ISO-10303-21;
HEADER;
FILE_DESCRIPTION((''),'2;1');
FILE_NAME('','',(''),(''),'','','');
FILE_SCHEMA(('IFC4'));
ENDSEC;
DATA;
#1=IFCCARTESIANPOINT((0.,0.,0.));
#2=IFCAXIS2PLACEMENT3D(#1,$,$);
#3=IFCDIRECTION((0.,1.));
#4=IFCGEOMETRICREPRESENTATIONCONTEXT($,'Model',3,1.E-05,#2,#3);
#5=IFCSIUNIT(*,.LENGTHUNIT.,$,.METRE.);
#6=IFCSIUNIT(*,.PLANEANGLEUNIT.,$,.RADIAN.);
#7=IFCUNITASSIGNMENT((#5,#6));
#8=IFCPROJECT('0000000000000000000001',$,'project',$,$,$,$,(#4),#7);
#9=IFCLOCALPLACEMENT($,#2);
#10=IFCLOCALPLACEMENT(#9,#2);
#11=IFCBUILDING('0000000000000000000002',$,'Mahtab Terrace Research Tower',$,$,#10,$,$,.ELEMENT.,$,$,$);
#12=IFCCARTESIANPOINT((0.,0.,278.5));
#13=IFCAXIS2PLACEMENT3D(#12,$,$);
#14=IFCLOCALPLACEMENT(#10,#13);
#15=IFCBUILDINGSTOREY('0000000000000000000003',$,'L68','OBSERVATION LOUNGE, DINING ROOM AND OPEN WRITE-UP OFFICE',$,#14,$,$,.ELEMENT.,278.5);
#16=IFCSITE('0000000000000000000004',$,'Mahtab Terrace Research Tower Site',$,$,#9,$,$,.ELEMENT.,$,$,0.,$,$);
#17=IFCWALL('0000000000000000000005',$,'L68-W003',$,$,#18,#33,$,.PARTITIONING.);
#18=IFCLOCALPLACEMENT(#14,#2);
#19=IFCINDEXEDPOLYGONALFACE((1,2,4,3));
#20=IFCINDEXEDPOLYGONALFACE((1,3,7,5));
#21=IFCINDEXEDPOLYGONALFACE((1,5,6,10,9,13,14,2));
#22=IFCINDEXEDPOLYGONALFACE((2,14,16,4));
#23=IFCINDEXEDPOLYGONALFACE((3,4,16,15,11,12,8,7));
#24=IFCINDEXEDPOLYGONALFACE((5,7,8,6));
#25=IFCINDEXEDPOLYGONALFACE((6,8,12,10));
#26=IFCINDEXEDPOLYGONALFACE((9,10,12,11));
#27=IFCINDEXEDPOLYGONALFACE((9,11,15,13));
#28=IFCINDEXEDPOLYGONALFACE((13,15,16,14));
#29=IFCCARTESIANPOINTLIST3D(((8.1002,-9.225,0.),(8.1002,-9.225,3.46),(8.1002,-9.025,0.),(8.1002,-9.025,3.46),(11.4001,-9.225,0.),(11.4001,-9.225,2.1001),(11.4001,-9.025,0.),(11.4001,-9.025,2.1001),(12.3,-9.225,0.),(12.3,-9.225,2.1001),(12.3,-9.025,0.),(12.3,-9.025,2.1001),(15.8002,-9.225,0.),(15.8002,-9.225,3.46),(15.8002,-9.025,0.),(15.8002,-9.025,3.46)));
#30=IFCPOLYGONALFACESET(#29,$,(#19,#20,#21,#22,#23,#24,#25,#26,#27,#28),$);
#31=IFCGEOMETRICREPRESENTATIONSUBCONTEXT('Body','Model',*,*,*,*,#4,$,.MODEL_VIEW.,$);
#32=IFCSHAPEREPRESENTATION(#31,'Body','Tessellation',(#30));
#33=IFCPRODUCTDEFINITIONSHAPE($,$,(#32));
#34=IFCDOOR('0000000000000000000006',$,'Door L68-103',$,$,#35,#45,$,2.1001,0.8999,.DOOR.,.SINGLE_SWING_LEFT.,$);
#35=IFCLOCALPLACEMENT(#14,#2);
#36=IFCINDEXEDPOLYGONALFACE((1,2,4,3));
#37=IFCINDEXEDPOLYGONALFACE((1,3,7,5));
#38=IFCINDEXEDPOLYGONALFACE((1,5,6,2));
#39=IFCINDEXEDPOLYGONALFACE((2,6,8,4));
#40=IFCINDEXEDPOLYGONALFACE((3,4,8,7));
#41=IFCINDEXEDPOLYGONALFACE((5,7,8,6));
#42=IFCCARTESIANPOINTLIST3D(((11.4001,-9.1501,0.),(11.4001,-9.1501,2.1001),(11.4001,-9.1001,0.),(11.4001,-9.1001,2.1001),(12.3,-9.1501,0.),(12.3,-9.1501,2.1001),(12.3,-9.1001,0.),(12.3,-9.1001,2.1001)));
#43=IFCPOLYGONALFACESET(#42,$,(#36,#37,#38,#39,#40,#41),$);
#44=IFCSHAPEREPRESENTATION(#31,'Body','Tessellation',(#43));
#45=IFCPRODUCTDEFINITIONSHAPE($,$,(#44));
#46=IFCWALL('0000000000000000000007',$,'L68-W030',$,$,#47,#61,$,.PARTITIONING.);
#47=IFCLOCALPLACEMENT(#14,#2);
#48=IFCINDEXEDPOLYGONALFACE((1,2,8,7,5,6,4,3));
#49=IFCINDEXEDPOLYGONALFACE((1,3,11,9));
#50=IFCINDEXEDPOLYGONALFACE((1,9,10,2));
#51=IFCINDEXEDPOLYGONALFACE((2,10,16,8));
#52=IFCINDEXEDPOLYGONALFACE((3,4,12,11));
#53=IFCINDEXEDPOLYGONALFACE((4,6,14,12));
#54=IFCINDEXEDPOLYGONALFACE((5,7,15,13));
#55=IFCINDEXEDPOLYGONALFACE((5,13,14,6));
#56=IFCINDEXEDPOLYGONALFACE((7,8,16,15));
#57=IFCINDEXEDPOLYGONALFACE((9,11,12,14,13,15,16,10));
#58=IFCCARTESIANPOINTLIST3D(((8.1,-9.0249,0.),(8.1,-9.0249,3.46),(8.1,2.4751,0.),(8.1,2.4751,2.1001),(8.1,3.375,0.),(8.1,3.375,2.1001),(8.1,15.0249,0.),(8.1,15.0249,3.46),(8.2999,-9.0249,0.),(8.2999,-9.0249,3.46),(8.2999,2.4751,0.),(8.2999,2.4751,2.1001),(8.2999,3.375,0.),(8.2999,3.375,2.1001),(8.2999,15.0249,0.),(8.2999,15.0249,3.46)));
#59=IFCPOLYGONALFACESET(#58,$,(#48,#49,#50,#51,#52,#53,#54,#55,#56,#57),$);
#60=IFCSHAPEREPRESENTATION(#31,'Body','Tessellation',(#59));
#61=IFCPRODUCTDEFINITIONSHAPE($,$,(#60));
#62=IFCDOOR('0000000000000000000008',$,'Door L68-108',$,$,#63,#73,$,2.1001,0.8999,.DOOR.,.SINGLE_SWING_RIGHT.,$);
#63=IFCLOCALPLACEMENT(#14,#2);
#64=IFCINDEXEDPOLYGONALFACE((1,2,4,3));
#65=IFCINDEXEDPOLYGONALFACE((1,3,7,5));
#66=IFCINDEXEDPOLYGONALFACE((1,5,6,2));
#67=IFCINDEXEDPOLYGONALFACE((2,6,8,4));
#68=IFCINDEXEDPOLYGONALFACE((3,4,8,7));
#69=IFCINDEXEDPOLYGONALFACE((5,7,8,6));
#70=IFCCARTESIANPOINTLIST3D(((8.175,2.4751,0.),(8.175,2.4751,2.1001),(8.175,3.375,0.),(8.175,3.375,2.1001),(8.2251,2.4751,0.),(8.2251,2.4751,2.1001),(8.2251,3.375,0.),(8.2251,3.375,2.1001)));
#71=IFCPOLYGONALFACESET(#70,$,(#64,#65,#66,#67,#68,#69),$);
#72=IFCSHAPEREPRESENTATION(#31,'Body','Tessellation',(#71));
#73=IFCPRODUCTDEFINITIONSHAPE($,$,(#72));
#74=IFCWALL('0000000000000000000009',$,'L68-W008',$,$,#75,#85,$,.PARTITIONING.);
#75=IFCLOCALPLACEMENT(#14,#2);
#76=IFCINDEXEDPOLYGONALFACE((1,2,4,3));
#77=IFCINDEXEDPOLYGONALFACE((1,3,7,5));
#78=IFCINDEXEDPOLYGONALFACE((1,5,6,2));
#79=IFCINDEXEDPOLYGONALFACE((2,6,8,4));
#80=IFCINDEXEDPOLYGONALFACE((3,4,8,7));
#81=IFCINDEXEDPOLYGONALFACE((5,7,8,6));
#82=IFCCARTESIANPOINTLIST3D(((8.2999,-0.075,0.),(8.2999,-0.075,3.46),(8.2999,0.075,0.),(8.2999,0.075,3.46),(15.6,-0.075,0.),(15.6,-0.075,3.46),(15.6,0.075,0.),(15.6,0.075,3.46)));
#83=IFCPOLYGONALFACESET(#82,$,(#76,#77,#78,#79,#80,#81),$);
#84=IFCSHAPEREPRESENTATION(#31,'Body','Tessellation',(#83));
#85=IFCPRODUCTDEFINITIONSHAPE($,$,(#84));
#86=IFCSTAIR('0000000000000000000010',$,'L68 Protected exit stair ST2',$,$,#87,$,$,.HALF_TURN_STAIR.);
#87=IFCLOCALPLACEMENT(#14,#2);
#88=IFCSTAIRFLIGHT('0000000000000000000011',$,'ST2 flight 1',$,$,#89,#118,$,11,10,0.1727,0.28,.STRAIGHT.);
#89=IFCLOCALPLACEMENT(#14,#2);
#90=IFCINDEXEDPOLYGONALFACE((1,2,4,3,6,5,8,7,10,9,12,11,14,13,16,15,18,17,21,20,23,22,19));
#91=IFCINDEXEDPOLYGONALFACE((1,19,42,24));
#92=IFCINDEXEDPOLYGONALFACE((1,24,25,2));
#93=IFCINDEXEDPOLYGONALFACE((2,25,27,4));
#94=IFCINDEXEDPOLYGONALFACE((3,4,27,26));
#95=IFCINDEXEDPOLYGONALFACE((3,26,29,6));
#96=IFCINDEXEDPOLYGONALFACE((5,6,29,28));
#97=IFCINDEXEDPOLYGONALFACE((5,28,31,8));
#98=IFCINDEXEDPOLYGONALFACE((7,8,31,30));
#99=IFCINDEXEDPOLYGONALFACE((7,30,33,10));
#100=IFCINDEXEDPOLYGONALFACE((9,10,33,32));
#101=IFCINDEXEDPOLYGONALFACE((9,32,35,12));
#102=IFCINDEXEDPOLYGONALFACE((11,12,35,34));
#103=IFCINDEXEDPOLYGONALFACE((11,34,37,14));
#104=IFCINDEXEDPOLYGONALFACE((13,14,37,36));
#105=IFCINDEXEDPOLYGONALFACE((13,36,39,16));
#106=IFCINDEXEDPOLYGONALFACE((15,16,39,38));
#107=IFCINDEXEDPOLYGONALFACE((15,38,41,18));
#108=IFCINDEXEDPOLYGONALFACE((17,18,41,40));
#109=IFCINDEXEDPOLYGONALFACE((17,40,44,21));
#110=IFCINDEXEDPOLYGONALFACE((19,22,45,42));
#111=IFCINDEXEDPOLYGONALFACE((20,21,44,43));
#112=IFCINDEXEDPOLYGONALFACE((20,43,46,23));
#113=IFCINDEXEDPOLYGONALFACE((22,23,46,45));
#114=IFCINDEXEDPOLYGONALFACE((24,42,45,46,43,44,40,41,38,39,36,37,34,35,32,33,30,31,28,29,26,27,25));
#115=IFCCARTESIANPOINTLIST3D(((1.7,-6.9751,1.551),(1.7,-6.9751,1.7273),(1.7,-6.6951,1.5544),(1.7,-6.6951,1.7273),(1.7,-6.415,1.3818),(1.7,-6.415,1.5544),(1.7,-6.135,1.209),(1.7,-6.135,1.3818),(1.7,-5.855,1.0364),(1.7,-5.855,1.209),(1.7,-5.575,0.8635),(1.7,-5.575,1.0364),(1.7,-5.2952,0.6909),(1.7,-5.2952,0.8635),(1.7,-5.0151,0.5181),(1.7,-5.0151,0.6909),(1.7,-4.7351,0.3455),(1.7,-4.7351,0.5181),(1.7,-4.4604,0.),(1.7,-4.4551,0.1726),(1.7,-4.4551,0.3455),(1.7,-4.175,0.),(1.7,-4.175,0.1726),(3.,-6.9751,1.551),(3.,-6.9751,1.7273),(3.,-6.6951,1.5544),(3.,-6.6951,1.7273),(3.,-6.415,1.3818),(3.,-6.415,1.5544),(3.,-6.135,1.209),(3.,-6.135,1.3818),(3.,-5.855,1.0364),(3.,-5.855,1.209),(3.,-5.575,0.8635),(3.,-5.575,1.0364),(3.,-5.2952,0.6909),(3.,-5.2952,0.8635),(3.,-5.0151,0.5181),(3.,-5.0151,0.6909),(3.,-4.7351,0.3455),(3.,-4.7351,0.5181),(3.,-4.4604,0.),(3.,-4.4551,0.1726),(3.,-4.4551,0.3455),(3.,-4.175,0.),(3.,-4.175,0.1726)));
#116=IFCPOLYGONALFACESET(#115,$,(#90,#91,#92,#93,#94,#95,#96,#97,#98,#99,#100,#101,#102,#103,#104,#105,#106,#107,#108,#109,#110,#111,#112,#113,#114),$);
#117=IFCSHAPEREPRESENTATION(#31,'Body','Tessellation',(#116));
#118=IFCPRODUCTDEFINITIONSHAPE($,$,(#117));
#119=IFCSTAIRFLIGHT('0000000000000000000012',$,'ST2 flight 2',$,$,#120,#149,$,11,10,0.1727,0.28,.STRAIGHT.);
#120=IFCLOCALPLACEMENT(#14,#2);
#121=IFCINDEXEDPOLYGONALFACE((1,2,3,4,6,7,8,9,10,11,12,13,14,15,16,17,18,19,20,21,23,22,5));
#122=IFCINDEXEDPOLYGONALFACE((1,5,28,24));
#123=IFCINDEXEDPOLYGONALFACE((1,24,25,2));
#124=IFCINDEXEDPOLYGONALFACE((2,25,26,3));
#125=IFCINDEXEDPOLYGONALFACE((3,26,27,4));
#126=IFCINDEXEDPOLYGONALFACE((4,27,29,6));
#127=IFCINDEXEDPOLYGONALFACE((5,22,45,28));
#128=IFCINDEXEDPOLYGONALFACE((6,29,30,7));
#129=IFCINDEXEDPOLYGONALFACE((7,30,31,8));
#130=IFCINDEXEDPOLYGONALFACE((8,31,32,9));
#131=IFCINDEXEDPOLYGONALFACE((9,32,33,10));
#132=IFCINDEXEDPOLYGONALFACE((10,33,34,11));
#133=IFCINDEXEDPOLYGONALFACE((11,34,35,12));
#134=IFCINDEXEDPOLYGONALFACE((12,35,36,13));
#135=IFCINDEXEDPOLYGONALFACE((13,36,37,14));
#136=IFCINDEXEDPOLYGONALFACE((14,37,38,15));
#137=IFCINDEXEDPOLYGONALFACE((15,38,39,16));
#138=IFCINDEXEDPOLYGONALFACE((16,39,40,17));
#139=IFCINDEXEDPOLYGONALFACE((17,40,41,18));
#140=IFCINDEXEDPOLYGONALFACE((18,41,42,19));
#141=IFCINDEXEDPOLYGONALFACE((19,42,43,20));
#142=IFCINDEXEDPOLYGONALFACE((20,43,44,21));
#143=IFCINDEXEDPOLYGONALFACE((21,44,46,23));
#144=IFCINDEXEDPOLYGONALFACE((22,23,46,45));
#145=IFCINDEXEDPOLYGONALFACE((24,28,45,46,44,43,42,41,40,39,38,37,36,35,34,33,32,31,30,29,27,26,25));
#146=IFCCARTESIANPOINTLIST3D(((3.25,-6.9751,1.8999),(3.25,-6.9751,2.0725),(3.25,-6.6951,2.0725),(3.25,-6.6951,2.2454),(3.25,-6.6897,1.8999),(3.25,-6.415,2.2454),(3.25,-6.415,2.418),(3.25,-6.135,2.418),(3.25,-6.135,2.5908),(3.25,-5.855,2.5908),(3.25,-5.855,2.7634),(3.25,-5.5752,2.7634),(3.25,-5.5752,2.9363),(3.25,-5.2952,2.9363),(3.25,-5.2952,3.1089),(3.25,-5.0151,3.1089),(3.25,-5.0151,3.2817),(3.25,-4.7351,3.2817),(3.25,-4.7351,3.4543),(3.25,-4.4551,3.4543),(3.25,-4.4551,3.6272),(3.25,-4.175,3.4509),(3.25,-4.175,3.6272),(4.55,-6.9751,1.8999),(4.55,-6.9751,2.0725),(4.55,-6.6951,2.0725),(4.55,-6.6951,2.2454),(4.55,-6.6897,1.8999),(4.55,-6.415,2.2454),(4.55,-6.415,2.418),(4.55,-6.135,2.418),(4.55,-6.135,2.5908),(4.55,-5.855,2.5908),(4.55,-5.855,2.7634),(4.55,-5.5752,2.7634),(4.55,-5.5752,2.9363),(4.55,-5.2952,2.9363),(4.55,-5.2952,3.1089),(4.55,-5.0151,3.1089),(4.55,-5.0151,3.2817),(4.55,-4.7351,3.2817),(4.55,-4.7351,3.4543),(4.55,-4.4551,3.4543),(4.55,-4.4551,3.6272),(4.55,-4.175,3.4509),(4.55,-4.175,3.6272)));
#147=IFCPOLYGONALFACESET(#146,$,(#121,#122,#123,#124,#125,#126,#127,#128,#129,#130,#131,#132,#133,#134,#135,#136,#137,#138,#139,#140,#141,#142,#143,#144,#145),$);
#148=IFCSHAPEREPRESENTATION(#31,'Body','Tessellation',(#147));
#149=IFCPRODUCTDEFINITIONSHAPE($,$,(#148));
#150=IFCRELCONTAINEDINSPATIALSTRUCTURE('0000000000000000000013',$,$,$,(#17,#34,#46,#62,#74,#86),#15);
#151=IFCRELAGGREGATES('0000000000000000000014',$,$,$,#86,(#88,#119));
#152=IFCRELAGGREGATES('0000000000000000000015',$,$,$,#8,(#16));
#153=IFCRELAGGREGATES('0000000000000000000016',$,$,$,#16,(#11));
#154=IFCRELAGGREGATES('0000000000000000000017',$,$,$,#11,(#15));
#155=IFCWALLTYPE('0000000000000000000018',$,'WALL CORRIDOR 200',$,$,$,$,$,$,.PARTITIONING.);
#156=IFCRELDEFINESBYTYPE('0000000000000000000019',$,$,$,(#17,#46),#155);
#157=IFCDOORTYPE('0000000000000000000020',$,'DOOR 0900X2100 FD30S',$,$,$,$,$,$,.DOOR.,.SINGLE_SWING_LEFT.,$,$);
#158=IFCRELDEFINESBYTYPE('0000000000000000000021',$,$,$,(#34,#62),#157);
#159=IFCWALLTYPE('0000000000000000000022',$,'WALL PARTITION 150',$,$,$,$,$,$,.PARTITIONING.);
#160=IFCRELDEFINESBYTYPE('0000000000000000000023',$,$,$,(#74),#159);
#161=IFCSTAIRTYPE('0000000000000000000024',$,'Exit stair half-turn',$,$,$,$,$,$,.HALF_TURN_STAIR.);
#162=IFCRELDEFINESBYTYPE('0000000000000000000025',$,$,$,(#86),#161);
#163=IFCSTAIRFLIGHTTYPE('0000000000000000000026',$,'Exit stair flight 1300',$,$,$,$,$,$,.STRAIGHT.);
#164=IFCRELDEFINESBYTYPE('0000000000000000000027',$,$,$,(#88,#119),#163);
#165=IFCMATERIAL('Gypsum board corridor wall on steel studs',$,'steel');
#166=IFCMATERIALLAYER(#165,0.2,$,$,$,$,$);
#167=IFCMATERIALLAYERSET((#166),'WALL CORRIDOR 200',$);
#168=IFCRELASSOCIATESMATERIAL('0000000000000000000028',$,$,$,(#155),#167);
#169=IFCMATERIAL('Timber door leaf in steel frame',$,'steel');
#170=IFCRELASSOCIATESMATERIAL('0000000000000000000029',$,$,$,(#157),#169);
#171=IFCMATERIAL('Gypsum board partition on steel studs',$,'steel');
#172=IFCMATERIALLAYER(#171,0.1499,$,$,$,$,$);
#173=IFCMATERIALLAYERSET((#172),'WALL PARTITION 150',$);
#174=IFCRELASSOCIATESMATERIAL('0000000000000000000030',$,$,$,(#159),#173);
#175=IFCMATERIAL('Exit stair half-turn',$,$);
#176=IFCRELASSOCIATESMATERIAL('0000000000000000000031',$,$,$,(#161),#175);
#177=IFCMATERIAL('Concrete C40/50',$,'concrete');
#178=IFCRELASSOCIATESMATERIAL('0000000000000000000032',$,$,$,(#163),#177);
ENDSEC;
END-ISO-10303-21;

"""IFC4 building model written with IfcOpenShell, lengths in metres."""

from ifc_helpers import new_model, si_unit, direction, frame, frame_2d, origin, place, context, subcontext, project, spatial, polyline, rectangle, outline, extrude, material, layer, layer_set, type_object, element, fill, aggregate, save


model = new_model("IFC4")

# Units and contexts
model_context = context("Model", 3, precision=1e-05, world=origin(), true_north=direction((0.0, 1.0)))
body_context = subcontext(model_context, "Body", "Model", "MODEL_VIEW")
ifc_project = project(units=[si_unit("LENGTHUNIT", "METRE"), si_unit("PLANEANGLEUNIT", "RADIAN")], contexts=[model_context])

# Site, building, storey
site_placement = place(None, origin())
site = spatial("IfcSite", under=ifc_project, at=site_placement, Name="Mahtab Terrace Research Tower Site", CompositionType="ELEMENT", RefElevation=0.0)
building_placement = place(site_placement, origin())
building = spatial("IfcBuilding", under=site, at=building_placement, Name="Mahtab Terrace Research Tower", CompositionType="ELEMENT")
storey_placement = place(building_placement, frame((0.0, 0.0, 278.5)))
storey = spatial("IfcBuildingStorey", under=building, at=storey_placement, Name="L68", Description="OBSERVATION LOUNGE, DINING ROOM AND OPEN WRITE-UP OFFICE", CompositionType="ELEMENT", Elevation=278.5)

# Walls, openings, doors
ifc_material_1 = material(Name="Gypsum board corridor wall on steel studs", Category="steel")
ifc_layer_1 = layer(ifc_material_1, 0.2)
ifc_layer_set_1 = layer_set([ifc_layer_1], Name="WALL CORRIDOR 200")
wall_type_1 = type_object("IfcWallType", Name="WALL CORRIDOR 200", PredefinedType="PARTITIONING", material=ifc_layer_set_1)
wall_1_placement = place(storey_placement, frame((8.1001, -9.125, 0.0), z_axis=(0.0, 0.0, 1.0), x_axis=(1.0, 0.0, 0.0)))
wall_1 = element("IfcWall", 1, at=wall_1_placement, inside=storey, type_object=wall_type_1, Name="L68-W003", PredefinedType="PARTITIONING", context=body_context, shape_type="SweptSolid", body=[
    extrude(rectangle(XDim=7.7, YDim=0.2, at=frame_2d((3.8501, 0.0))), origin(), (0.0, 0.0, 1.0), 3.46),
])
opening_1_placement = place(wall_1_placement, frame((3.3, 0.0, 0.0)))
opening_1 = element("IfcOpeningElement", 2, at=opening_1_placement, cuts=wall_1, PredefinedType="OPENING", context=body_context, shape_type="SweptSolid", body=[
    extrude(rectangle(XDim=0.8999, YDim=2.1001, at=frame_2d((0.45, 1.05))), frame((0.0, 0.1099, 0.0), z_axis=(0.0, -1.0, 0.0), x_axis=(1.0, 0.0, 0.0)), (0.0, 0.0, 1.0), 0.22),
])
ifc_material_2 = material(Name="Timber door leaf in steel frame", Category="steel")
door_type_1 = type_object("IfcDoorType", Name="DOOR 0900X2100 FD30S", OperationType="SINGLE_SWING_LEFT", PredefinedType="DOOR", material=ifc_material_2)
door_1_placement = place(opening_1_placement, origin())
door_1 = element("IfcDoor", 3, at=door_1_placement, inside=storey, type_object=door_type_1, Name="Door L68-103", OperationType="SINGLE_SWING_LEFT", OverallHeight=2.1001, OverallWidth=0.8999, PredefinedType="DOOR", context=body_context, shape_type="SweptSolid", body=[
    extrude(rectangle(XDim=0.8999, YDim=2.1001, at=frame_2d((0.45, 1.05))), frame((0.0, 0.0249, 0.0), z_axis=(0.0, -1.0, 0.0), x_axis=(1.0, 0.0, 0.0)), (0.0, 0.0, 1.0), 0.05),
])
fill(opening_1, door_1)
wall_2_placement = place(storey_placement, frame((8.2, -9.0249, 0.0), z_axis=(0.0, 0.0, 1.0), x_axis=(0.0, 1.0, 0.0)))
wall_2 = element("IfcWall", 4, at=wall_2_placement, inside=storey, type_object=wall_type_1, Name="L68-W030", PredefinedType="PARTITIONING", context=body_context, shape_type="SweptSolid", body=[
    extrude(rectangle(XDim=24.0498, YDim=0.2, at=frame_2d((12.0249, 0.0))), origin(), (0.0, 0.0, 1.0), 3.46),
])
opening_2_placement = place(wall_2_placement, frame((11.5, 0.0, 0.0)))
opening_2 = element("IfcOpeningElement", 5, at=opening_2_placement, cuts=wall_2, PredefinedType="OPENING", context=body_context, shape_type="SweptSolid", body=[
    extrude(rectangle(XDim=0.8999, YDim=2.1001, at=frame_2d((0.45, 1.05))), frame((0.0, 0.1099, 0.0), z_axis=(0.0, -1.0, 0.0), x_axis=(1.0, 0.0, 0.0)), (0.0, 0.0, 1.0), 0.22),
])
door_2_placement = place(opening_2_placement, origin())
door_2 = element("IfcDoor", 6, at=door_2_placement, inside=storey, type_object=door_type_1, Name="Door L68-108", OperationType="SINGLE_SWING_RIGHT", OverallHeight=2.1001, OverallWidth=0.8999, PredefinedType="DOOR", context=body_context, shape_type="SweptSolid", body=[
    extrude(rectangle(XDim=0.8999, YDim=2.1001, at=frame_2d((0.45, 1.05))), frame((0.0, 0.0249, 0.0), z_axis=(0.0, -1.0, 0.0), x_axis=(1.0, 0.0, 0.0)), (0.0, 0.0, 1.0), 0.05),
])
fill(opening_2, door_2)

# Wall
ifc_material_3 = material(Name="Gypsum board partition on steel studs", Category="steel")
ifc_layer_2 = layer(ifc_material_3, 0.1499)
ifc_layer_set_2 = layer_set([ifc_layer_2], Name="WALL PARTITION 150")
wall_type_2 = type_object("IfcWallType", Name="WALL PARTITION 150", PredefinedType="PARTITIONING", material=ifc_layer_set_2)
wall_3_placement = place(storey_placement, frame((8.3, 0.0, 0.0), z_axis=(0.0, 0.0, 1.0), x_axis=(1.0, 0.0, 0.0)))
element("IfcWall", 7, at=wall_3_placement, inside=storey, type_object=wall_type_2, Name="L68-W008", PredefinedType="PARTITIONING", context=body_context, shape_type="SweptSolid", body=[
    extrude(rectangle(XDim=7.3, YDim=0.1499, at=frame_2d((3.6499, 0.0))), origin(), (0.0, 0.0, 1.0), 3.46),
])

# Stair, stair flights
ifc_material_4 = material(Name="Exit stair half-turn")
stair_type = type_object("IfcStairType", Name="Exit stair half-turn", PredefinedType="HALF_TURN_STAIR", material=ifc_material_4)
stair_placement = place(storey_placement, origin())
stair = element("IfcStair", 8, at=stair_placement, inside=storey, type_object=stair_type, Name="L68 Protected exit stair ST2", PredefinedType="HALF_TURN_STAIR")
ifc_material_5 = material(Name="Concrete C40/50", Category="concrete")
stair_flight_type = type_object("IfcStairFlightType", Name="Exit stair flight 1300", PredefinedType="STRAIGHT", material=ifc_material_5)
stair_flight_1_placement = place(storey_placement, frame((2.3501, -4.175, 0.0), z_axis=(0.0, 0.0, 1.0), x_axis=(0.0, -1.0, 0.0)))
stair_flight_1 = element("IfcStairFlight", 9, at=stair_flight_1_placement, type_object=stair_flight_type, Name="ST2 flight 1", NumberOfRisers=11, NumberOfTreads=10, PredefinedType="STRAIGHT", RiserHeight=0.1727, TreadLength=0.28, context=body_context, shape_type="SweptSolid", body=[
    extrude(outline(polyline([(0.0, 0.0), (0.0, 0.1726), (0.28, 0.1726), (0.28, 0.3455), (0.5601, 0.3455), (0.5601, 0.5181), (0.8401, 0.5181), (0.8401, 0.6909), (1.1201, 0.6909), (1.1201, 0.8635), (1.3999, 0.8635), (1.3999, 1.0364), (1.6799, 1.0364), (1.6799, 1.209), (1.96, 1.209), (1.96, 1.3818), (2.24, 1.3818), (2.24, 1.5544), (2.52, 1.5544), (2.52, 1.7273), (2.8, 1.7273), (2.8, 1.8999), (2.8, 1.551), (0.2854, 0.0), (0.0, 0.0)])), frame((0.0, 0.6499, 0.0), z_axis=(0.0, -1.0, 0.0), x_axis=(1.0, 0.0, 0.0)), (0.0, 0.0, 1.0), 1.3),
])
stair_flight_2_placement = place(storey_placement, frame((3.8999, -6.9751, 1.8999), z_axis=(0.0, 0.0, 1.0), x_axis=(0.0, 1.0, 0.0)))
stair_flight_2 = element("IfcStairFlight", 10, at=stair_flight_2_placement, type_object=stair_flight_type, Name="ST2 flight 2", NumberOfRisers=11, NumberOfTreads=10, PredefinedType="STRAIGHT", RiserHeight=0.1727, TreadLength=0.28, context=body_context, shape_type="SweptSolid", body=[
    extrude(outline(polyline([(0.0, 0.0), (0.0, 0.1726), (0.28, 0.1726), (0.28, 0.3455), (0.5601, 0.3455), (0.5601, 0.5181), (0.8401, 0.5181), (0.8401, 0.6909), (1.1201, 0.6909), (1.1201, 0.8635), (1.3999, 0.8635), (1.3999, 1.0364), (1.6799, 1.0364), (1.6799, 1.209), (1.96, 1.209), (1.96, 1.3818), (2.24, 1.3818), (2.24, 1.5544), (2.52, 1.5544), (2.52, 1.7273), (2.8, 1.7273), (2.8, 1.8999), (2.8, 1.551), (0.2854, 0.0), (0.0, 0.0)])), frame((0.0, 0.6499, 0.0), z_axis=(0.0, -1.0, 0.0), x_axis=(1.0, 0.0, 0.0)), (0.0, 0.0, 1.0), 1.3),
])
aggregate(stair, [stair_flight_1, stair_flight_2])

save(model, "model.ifc")
